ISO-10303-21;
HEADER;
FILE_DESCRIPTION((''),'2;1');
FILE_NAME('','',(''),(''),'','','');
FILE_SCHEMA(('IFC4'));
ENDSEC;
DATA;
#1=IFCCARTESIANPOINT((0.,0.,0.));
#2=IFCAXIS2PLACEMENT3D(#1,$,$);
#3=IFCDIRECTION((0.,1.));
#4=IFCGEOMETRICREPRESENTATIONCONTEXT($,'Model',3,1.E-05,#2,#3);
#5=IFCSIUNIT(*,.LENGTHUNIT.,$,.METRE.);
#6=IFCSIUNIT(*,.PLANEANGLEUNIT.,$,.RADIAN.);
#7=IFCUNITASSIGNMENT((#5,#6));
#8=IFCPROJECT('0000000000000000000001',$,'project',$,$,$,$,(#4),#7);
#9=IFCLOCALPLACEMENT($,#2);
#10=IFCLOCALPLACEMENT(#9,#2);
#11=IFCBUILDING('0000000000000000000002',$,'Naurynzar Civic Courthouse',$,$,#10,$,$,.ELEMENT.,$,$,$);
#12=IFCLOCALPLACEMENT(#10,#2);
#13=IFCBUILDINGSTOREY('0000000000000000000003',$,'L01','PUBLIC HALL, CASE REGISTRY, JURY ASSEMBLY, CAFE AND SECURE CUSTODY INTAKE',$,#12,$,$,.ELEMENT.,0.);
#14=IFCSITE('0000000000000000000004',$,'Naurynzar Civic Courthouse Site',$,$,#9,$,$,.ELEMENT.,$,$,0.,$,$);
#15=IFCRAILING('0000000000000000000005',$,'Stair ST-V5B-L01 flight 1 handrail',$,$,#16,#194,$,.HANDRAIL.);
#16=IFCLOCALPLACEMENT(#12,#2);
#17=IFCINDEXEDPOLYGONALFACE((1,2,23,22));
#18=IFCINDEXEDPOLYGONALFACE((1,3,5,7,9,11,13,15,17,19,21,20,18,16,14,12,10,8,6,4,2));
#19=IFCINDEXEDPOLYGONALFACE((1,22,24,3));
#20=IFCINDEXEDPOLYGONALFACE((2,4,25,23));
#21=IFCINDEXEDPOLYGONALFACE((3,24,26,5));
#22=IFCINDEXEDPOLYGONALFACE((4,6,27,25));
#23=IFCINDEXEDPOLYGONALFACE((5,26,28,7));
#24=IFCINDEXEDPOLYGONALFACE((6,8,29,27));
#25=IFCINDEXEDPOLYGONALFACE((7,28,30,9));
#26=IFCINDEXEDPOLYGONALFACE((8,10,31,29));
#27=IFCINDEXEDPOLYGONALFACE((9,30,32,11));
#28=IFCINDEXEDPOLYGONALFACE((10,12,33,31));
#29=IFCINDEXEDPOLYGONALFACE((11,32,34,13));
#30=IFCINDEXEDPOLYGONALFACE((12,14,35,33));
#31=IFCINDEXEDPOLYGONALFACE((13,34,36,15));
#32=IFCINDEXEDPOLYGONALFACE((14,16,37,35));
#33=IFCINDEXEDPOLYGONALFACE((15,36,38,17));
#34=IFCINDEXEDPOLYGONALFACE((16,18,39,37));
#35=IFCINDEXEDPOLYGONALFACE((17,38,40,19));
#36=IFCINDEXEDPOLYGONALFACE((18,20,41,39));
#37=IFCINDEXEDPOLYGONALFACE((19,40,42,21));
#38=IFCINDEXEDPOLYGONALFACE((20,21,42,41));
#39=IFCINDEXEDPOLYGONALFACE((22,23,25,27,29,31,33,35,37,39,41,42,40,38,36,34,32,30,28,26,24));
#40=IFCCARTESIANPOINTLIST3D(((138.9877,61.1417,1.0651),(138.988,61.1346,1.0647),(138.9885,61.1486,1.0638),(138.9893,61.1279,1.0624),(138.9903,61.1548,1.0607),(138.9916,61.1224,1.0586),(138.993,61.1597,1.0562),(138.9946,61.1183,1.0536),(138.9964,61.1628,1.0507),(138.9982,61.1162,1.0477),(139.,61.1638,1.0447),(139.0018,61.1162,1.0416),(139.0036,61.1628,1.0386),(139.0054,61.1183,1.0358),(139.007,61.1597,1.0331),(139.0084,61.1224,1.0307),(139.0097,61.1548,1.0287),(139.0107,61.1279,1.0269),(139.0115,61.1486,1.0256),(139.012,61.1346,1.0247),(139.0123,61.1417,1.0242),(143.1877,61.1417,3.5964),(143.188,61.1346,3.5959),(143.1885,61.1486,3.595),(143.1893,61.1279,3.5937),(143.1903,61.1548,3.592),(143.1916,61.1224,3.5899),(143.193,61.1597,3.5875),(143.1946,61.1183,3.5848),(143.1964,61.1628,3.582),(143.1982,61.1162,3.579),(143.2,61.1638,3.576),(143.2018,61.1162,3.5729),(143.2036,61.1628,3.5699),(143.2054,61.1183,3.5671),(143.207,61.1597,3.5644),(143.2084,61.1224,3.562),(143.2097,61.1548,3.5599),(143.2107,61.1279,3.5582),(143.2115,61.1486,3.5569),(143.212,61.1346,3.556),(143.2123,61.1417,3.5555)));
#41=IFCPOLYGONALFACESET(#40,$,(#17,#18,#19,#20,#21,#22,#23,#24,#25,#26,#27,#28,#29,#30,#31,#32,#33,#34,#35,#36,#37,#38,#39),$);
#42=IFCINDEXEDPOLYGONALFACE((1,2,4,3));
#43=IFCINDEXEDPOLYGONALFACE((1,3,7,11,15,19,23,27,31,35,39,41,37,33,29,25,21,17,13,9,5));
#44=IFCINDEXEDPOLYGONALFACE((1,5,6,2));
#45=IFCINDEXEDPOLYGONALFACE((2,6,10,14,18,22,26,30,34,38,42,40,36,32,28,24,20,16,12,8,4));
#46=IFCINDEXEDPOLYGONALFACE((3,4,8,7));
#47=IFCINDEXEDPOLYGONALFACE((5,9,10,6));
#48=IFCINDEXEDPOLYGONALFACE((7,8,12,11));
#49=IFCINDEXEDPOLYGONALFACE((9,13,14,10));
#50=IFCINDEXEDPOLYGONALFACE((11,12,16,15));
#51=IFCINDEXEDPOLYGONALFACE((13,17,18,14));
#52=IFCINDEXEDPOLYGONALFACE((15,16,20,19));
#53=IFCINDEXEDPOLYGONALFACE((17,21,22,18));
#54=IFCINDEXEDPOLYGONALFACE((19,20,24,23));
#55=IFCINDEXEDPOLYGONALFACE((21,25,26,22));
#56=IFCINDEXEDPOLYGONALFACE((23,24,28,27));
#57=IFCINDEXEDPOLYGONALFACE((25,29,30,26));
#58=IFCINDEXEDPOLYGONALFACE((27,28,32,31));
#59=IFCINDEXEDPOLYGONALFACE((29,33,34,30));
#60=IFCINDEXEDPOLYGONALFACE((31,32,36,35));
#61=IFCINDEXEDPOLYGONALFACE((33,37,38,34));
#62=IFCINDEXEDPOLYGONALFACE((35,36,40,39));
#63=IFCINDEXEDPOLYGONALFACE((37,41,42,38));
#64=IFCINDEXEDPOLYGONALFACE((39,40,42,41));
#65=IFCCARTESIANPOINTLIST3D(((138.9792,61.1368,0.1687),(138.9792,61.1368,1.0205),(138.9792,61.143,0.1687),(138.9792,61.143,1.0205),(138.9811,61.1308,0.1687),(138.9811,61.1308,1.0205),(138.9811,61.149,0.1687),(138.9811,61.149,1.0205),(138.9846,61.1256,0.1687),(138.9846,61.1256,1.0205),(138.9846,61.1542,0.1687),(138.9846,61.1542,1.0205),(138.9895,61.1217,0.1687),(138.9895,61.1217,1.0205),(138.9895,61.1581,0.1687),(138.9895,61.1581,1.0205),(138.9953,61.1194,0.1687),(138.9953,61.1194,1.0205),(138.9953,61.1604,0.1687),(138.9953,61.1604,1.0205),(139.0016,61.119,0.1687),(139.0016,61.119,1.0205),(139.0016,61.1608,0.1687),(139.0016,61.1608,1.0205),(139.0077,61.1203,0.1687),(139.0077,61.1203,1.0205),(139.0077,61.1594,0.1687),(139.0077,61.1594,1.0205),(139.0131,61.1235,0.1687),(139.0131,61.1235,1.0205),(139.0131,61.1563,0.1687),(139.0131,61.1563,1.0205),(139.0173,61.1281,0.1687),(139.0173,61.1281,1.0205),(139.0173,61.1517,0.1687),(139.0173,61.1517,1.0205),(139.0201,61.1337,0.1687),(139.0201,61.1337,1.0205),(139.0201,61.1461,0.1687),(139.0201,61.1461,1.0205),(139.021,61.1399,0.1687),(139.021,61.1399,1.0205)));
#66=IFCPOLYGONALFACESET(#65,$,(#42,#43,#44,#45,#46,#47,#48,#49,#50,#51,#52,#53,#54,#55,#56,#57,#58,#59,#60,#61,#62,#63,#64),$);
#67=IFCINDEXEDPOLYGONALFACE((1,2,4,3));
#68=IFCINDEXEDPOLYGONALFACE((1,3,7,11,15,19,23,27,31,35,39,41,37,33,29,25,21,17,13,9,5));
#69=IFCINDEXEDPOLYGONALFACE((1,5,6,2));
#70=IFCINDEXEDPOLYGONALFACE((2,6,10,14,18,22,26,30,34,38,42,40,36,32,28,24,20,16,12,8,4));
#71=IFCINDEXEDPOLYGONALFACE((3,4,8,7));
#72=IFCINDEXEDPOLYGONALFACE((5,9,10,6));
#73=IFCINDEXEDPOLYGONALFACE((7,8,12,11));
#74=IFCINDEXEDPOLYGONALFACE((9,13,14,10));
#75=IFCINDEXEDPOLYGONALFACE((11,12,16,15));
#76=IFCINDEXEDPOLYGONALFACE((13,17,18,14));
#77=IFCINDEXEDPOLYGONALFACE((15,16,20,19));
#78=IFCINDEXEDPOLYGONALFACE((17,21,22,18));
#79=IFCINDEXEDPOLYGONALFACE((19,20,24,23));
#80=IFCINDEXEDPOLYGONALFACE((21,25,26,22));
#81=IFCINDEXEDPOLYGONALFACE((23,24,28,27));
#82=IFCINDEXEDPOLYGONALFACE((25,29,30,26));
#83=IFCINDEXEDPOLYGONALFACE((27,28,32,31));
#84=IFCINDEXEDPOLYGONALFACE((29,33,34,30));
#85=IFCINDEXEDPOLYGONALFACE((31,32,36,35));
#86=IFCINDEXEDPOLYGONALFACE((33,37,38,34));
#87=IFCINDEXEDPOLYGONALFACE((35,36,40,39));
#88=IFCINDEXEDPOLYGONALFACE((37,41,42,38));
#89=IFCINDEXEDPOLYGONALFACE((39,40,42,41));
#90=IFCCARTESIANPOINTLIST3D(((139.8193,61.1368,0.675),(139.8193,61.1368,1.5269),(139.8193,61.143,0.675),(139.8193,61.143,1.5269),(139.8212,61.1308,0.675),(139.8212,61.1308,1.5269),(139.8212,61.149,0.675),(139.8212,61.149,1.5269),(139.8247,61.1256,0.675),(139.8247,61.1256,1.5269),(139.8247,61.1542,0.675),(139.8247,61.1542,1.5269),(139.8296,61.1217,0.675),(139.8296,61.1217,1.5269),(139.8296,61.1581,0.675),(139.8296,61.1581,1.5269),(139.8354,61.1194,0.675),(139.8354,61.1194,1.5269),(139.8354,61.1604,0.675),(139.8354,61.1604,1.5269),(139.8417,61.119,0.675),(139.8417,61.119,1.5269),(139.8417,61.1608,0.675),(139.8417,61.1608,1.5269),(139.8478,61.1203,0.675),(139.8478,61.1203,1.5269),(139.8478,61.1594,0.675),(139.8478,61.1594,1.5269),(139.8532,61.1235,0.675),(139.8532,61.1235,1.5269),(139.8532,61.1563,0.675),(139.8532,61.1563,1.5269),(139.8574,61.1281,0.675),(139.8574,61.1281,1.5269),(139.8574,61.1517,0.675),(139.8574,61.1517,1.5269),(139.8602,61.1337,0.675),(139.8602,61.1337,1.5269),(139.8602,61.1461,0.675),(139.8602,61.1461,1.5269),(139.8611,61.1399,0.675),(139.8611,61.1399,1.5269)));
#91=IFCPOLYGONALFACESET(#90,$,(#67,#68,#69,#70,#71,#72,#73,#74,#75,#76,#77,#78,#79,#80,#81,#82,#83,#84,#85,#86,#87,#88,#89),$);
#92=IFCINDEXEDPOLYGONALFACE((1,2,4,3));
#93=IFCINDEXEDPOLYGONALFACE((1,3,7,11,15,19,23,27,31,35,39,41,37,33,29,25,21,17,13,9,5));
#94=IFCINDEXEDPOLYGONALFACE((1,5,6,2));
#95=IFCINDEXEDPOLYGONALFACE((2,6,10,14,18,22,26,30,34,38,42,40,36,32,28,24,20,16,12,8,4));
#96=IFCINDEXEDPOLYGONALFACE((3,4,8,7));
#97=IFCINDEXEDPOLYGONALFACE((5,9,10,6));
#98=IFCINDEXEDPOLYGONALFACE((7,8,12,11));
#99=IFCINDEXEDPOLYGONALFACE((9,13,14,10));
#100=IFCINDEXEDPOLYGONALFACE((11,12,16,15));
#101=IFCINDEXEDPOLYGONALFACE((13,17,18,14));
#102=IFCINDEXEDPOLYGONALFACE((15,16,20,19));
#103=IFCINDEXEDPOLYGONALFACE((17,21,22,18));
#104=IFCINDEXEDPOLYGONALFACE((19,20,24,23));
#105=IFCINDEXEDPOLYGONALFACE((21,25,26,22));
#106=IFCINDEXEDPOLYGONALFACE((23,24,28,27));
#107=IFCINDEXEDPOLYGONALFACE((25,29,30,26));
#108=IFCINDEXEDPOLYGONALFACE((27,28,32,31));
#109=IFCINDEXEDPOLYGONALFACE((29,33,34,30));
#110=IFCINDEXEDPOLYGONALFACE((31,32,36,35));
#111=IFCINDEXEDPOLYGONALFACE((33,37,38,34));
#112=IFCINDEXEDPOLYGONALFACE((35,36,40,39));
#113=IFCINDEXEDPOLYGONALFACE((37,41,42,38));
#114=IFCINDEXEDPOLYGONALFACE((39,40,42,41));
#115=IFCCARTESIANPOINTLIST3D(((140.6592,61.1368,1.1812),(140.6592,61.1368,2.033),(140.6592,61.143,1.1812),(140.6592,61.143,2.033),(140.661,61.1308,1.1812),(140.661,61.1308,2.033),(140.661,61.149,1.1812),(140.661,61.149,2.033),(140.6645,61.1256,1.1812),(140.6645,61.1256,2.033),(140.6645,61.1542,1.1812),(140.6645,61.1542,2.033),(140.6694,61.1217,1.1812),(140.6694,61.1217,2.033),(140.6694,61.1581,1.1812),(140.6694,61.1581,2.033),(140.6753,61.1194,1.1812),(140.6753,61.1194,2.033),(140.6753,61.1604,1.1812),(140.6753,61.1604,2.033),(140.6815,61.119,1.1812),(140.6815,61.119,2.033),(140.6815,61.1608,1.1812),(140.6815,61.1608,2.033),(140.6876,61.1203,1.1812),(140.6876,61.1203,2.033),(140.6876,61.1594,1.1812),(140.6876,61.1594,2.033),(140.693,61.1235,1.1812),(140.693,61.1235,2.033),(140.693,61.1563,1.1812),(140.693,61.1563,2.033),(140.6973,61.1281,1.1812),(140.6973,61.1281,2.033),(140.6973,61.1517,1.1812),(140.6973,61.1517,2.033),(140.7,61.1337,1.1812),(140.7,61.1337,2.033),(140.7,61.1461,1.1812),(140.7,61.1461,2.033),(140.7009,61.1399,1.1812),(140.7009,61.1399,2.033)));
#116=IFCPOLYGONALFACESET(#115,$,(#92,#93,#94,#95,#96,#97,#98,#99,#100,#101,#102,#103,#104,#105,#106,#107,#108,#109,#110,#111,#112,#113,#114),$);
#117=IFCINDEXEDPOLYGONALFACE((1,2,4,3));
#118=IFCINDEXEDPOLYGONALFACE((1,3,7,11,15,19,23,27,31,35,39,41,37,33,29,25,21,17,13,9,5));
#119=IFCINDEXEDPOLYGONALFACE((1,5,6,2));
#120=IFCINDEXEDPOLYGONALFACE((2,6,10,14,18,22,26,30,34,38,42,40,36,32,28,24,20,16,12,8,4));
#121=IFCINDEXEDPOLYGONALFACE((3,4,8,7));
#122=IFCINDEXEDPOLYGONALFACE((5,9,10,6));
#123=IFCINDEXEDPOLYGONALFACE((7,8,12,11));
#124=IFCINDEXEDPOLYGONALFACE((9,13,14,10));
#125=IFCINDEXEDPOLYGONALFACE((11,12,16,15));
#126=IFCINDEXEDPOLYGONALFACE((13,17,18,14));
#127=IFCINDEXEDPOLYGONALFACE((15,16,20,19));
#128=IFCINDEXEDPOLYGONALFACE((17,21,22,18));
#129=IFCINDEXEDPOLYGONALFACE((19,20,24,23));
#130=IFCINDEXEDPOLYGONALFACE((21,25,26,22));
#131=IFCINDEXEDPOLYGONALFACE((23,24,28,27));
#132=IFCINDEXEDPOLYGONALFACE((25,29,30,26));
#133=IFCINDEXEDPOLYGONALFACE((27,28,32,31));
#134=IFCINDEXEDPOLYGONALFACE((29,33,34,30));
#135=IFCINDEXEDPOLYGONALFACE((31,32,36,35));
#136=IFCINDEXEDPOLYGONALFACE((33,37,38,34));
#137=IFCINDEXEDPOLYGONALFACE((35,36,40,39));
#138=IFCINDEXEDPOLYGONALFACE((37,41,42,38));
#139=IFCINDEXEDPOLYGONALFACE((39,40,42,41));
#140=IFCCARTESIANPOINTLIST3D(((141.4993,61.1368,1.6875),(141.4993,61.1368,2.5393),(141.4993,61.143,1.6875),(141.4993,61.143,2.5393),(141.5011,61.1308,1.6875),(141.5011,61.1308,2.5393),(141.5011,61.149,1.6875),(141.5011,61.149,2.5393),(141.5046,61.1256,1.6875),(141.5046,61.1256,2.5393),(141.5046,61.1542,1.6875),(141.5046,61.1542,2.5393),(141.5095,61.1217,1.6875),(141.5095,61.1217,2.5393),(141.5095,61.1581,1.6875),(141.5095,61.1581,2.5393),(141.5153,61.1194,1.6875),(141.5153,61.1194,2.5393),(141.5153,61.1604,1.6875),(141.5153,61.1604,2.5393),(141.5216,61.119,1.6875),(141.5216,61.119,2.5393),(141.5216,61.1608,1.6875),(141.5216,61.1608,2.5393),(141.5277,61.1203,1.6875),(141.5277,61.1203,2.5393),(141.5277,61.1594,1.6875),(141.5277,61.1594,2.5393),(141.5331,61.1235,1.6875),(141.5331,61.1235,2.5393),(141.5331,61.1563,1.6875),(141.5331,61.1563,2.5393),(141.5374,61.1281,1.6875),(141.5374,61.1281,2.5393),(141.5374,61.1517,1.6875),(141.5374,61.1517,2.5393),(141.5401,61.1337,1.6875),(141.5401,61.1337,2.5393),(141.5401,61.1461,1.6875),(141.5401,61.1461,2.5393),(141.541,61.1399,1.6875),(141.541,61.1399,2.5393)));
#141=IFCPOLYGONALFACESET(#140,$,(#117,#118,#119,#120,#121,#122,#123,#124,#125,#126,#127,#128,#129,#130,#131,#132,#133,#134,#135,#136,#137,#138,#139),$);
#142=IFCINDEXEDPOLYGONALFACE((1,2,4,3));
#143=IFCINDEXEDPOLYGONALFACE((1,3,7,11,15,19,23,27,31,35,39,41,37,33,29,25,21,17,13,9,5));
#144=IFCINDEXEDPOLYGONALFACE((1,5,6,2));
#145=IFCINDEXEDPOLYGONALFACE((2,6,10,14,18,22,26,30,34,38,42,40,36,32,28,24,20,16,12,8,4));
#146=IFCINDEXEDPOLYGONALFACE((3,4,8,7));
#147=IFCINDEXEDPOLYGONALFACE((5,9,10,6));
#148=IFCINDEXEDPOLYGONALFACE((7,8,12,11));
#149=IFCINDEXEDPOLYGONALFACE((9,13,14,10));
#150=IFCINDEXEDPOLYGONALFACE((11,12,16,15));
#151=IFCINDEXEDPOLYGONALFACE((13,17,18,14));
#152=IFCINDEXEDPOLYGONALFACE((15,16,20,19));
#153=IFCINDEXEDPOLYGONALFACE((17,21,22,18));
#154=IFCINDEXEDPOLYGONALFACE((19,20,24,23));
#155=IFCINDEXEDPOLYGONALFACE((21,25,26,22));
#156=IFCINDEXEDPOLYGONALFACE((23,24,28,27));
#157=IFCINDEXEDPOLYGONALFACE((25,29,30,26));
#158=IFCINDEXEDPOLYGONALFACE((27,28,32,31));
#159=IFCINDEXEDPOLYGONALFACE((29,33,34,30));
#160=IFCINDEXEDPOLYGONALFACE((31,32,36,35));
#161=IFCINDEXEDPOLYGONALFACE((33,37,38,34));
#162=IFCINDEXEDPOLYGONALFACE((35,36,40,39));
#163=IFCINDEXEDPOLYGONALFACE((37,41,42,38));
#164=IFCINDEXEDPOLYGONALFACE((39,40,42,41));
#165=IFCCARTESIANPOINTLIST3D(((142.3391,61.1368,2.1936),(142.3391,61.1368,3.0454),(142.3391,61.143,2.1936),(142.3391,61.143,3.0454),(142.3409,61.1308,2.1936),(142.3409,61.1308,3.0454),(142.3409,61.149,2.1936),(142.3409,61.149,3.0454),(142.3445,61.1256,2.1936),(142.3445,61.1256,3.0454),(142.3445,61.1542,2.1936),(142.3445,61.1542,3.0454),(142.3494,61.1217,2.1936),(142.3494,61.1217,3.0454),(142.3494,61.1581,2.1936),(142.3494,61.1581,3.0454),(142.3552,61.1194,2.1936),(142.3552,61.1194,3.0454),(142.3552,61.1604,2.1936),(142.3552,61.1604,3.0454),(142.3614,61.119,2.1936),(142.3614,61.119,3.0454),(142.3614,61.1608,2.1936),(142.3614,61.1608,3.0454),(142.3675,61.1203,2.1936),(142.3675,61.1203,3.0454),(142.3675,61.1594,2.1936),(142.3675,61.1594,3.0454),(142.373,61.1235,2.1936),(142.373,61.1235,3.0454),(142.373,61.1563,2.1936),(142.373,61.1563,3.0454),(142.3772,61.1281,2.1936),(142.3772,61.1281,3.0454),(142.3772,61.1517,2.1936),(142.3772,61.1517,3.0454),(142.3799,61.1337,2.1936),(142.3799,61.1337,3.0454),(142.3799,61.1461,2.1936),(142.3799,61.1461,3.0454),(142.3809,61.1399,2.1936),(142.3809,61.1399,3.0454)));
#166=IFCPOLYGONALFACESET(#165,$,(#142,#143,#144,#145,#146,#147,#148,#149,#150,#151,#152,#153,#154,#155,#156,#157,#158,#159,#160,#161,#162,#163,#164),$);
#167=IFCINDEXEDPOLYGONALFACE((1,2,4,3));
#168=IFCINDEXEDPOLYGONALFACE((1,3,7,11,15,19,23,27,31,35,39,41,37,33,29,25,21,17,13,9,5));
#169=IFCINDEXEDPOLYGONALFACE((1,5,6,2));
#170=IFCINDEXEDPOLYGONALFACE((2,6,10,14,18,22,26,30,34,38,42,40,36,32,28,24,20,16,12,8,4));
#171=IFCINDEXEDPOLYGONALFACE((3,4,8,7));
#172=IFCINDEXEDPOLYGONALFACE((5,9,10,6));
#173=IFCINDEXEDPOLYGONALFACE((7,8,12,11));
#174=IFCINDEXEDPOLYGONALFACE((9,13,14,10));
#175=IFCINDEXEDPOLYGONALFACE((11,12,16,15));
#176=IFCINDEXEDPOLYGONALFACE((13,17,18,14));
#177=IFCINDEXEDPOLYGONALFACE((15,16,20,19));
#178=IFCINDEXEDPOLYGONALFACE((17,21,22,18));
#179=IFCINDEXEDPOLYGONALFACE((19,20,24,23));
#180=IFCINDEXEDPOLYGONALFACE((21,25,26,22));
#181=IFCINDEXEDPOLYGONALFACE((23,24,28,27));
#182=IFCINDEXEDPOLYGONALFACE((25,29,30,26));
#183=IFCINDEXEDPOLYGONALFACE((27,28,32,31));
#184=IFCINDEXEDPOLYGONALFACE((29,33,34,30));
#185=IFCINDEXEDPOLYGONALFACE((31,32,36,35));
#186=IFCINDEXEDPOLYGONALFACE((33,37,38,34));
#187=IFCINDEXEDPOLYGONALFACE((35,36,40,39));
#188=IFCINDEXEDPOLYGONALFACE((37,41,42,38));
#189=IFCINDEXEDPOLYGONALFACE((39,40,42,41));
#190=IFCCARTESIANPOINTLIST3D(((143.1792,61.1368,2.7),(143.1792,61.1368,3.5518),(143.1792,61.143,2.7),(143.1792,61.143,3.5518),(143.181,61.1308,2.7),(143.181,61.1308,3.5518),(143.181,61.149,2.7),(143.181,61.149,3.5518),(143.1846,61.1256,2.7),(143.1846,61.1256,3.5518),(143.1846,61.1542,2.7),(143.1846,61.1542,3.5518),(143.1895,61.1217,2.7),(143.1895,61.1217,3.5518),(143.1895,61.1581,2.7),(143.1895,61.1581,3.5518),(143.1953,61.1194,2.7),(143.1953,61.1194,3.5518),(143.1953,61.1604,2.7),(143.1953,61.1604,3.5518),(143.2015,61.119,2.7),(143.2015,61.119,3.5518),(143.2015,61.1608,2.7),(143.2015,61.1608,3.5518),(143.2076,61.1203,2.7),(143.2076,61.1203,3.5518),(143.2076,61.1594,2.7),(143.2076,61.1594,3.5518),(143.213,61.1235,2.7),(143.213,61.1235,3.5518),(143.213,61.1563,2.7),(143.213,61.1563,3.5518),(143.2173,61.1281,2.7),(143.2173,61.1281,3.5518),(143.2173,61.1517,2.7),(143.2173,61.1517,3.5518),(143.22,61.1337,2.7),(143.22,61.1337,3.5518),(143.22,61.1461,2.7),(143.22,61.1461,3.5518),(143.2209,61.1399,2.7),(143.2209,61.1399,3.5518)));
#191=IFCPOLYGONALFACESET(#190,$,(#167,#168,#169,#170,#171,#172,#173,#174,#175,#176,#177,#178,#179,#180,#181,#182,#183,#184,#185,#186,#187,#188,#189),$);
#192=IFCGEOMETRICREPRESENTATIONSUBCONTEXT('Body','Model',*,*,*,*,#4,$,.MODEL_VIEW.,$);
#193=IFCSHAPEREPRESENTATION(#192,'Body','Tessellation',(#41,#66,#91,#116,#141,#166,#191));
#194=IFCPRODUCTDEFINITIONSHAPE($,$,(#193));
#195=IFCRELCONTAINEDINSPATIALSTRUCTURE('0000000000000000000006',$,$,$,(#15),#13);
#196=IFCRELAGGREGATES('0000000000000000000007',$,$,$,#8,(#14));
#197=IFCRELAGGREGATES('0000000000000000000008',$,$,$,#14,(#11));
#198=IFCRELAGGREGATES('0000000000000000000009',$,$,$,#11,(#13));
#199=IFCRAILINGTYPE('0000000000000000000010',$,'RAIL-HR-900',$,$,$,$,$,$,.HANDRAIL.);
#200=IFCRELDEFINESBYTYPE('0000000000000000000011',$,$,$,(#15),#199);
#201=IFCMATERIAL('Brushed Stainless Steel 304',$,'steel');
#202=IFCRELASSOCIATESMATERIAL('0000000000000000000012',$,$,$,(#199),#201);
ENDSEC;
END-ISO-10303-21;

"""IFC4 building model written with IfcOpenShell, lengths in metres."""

from ifc_helpers import new_model, si_unit, direction, frame, origin, origin_2d, place, context, subcontext, project, spatial, circle, extrude, material, type_object, element, save


model = new_model("IFC4")

# Units and contexts
model_context = context("Model", 3, precision=1e-05, world=origin(), true_north=direction((0.0, 1.0)))
body_context = subcontext(model_context, "Body", "Model", "MODEL_VIEW")
ifc_project = project(units=[si_unit("LENGTHUNIT", "METRE"), si_unit("PLANEANGLEUNIT", "RADIAN")], contexts=[model_context])

# Site, building, storey
site_placement = place(None, origin())
site = spatial("IfcSite", under=ifc_project, at=site_placement, Name="Naurynzar Civic Courthouse Site", CompositionType="ELEMENT", RefElevation=0.0)
building_placement = place(site_placement, origin())
building = spatial("IfcBuilding", under=site, at=building_placement, Name="Naurynzar Civic Courthouse", CompositionType="ELEMENT")
storey_placement = place(building_placement, origin())
storey = spatial("IfcBuildingStorey", under=building, at=storey_placement, Name="L01", Description="PUBLIC HALL, CASE REGISTRY, JURY ASSEMBLY, CAFE AND SECURE CUSTODY INTAKE", CompositionType="ELEMENT", Elevation=0.0)

# Railing
ifc_material_1 = material(Name="Brushed Stainless Steel 304", Category="steel")
railing_type_1 = type_object("IfcRailingType", Name="RAIL-HR-900", PredefinedType="HANDRAIL", material=ifc_material_1)
railing_1_placement = place(storey_placement, frame((139.0, 61.1399, 0.1687)))
element("IfcRailing", 1, at=railing_1_placement, inside=storey, type_object=railing_type_1, Name="Stair ST-V5B-L01 flight 1 handrail", PredefinedType="HANDRAIL", context=body_context, shape_type="SweptSolid", body=[
    extrude(circle(Radius=0.0239, at=origin_2d()), frame((0.0, 0.0, 0.876), z_axis=(0.856476, 0.0, 0.516186), x_axis=(0.0, 1.0, 0.0)), (0.0, 0.0, 1.0), 4.9038),
    extrude(circle(Radius=0.021, at=origin_2d()), origin(), (0.0, 0.0, 1.0), 0.8518),
    extrude(circle(Radius=0.021, at=origin_2d()), frame((0.8401, 0.0, 0.5063)), (0.0, 0.0, 1.0), 0.8518),
    extrude(circle(Radius=0.021, at=origin_2d()), frame((1.6799, 0.0, 1.0125)), (0.0, 0.0, 1.0), 0.8518),
    extrude(circle(Radius=0.021, at=origin_2d()), frame((2.52, 0.0, 1.5188)), (0.0, 0.0, 1.0), 0.8518),
    extrude(circle(Radius=0.021, at=origin_2d()), frame((3.3599, 0.0, 2.0249)), (0.0, 0.0, 1.0), 0.8518),
    extrude(circle(Radius=0.021, at=origin_2d()), frame((4.2, 0.0, 2.5312)), (0.0, 0.0, 1.0), 0.8518),
])

save(model, "model.ifc")
